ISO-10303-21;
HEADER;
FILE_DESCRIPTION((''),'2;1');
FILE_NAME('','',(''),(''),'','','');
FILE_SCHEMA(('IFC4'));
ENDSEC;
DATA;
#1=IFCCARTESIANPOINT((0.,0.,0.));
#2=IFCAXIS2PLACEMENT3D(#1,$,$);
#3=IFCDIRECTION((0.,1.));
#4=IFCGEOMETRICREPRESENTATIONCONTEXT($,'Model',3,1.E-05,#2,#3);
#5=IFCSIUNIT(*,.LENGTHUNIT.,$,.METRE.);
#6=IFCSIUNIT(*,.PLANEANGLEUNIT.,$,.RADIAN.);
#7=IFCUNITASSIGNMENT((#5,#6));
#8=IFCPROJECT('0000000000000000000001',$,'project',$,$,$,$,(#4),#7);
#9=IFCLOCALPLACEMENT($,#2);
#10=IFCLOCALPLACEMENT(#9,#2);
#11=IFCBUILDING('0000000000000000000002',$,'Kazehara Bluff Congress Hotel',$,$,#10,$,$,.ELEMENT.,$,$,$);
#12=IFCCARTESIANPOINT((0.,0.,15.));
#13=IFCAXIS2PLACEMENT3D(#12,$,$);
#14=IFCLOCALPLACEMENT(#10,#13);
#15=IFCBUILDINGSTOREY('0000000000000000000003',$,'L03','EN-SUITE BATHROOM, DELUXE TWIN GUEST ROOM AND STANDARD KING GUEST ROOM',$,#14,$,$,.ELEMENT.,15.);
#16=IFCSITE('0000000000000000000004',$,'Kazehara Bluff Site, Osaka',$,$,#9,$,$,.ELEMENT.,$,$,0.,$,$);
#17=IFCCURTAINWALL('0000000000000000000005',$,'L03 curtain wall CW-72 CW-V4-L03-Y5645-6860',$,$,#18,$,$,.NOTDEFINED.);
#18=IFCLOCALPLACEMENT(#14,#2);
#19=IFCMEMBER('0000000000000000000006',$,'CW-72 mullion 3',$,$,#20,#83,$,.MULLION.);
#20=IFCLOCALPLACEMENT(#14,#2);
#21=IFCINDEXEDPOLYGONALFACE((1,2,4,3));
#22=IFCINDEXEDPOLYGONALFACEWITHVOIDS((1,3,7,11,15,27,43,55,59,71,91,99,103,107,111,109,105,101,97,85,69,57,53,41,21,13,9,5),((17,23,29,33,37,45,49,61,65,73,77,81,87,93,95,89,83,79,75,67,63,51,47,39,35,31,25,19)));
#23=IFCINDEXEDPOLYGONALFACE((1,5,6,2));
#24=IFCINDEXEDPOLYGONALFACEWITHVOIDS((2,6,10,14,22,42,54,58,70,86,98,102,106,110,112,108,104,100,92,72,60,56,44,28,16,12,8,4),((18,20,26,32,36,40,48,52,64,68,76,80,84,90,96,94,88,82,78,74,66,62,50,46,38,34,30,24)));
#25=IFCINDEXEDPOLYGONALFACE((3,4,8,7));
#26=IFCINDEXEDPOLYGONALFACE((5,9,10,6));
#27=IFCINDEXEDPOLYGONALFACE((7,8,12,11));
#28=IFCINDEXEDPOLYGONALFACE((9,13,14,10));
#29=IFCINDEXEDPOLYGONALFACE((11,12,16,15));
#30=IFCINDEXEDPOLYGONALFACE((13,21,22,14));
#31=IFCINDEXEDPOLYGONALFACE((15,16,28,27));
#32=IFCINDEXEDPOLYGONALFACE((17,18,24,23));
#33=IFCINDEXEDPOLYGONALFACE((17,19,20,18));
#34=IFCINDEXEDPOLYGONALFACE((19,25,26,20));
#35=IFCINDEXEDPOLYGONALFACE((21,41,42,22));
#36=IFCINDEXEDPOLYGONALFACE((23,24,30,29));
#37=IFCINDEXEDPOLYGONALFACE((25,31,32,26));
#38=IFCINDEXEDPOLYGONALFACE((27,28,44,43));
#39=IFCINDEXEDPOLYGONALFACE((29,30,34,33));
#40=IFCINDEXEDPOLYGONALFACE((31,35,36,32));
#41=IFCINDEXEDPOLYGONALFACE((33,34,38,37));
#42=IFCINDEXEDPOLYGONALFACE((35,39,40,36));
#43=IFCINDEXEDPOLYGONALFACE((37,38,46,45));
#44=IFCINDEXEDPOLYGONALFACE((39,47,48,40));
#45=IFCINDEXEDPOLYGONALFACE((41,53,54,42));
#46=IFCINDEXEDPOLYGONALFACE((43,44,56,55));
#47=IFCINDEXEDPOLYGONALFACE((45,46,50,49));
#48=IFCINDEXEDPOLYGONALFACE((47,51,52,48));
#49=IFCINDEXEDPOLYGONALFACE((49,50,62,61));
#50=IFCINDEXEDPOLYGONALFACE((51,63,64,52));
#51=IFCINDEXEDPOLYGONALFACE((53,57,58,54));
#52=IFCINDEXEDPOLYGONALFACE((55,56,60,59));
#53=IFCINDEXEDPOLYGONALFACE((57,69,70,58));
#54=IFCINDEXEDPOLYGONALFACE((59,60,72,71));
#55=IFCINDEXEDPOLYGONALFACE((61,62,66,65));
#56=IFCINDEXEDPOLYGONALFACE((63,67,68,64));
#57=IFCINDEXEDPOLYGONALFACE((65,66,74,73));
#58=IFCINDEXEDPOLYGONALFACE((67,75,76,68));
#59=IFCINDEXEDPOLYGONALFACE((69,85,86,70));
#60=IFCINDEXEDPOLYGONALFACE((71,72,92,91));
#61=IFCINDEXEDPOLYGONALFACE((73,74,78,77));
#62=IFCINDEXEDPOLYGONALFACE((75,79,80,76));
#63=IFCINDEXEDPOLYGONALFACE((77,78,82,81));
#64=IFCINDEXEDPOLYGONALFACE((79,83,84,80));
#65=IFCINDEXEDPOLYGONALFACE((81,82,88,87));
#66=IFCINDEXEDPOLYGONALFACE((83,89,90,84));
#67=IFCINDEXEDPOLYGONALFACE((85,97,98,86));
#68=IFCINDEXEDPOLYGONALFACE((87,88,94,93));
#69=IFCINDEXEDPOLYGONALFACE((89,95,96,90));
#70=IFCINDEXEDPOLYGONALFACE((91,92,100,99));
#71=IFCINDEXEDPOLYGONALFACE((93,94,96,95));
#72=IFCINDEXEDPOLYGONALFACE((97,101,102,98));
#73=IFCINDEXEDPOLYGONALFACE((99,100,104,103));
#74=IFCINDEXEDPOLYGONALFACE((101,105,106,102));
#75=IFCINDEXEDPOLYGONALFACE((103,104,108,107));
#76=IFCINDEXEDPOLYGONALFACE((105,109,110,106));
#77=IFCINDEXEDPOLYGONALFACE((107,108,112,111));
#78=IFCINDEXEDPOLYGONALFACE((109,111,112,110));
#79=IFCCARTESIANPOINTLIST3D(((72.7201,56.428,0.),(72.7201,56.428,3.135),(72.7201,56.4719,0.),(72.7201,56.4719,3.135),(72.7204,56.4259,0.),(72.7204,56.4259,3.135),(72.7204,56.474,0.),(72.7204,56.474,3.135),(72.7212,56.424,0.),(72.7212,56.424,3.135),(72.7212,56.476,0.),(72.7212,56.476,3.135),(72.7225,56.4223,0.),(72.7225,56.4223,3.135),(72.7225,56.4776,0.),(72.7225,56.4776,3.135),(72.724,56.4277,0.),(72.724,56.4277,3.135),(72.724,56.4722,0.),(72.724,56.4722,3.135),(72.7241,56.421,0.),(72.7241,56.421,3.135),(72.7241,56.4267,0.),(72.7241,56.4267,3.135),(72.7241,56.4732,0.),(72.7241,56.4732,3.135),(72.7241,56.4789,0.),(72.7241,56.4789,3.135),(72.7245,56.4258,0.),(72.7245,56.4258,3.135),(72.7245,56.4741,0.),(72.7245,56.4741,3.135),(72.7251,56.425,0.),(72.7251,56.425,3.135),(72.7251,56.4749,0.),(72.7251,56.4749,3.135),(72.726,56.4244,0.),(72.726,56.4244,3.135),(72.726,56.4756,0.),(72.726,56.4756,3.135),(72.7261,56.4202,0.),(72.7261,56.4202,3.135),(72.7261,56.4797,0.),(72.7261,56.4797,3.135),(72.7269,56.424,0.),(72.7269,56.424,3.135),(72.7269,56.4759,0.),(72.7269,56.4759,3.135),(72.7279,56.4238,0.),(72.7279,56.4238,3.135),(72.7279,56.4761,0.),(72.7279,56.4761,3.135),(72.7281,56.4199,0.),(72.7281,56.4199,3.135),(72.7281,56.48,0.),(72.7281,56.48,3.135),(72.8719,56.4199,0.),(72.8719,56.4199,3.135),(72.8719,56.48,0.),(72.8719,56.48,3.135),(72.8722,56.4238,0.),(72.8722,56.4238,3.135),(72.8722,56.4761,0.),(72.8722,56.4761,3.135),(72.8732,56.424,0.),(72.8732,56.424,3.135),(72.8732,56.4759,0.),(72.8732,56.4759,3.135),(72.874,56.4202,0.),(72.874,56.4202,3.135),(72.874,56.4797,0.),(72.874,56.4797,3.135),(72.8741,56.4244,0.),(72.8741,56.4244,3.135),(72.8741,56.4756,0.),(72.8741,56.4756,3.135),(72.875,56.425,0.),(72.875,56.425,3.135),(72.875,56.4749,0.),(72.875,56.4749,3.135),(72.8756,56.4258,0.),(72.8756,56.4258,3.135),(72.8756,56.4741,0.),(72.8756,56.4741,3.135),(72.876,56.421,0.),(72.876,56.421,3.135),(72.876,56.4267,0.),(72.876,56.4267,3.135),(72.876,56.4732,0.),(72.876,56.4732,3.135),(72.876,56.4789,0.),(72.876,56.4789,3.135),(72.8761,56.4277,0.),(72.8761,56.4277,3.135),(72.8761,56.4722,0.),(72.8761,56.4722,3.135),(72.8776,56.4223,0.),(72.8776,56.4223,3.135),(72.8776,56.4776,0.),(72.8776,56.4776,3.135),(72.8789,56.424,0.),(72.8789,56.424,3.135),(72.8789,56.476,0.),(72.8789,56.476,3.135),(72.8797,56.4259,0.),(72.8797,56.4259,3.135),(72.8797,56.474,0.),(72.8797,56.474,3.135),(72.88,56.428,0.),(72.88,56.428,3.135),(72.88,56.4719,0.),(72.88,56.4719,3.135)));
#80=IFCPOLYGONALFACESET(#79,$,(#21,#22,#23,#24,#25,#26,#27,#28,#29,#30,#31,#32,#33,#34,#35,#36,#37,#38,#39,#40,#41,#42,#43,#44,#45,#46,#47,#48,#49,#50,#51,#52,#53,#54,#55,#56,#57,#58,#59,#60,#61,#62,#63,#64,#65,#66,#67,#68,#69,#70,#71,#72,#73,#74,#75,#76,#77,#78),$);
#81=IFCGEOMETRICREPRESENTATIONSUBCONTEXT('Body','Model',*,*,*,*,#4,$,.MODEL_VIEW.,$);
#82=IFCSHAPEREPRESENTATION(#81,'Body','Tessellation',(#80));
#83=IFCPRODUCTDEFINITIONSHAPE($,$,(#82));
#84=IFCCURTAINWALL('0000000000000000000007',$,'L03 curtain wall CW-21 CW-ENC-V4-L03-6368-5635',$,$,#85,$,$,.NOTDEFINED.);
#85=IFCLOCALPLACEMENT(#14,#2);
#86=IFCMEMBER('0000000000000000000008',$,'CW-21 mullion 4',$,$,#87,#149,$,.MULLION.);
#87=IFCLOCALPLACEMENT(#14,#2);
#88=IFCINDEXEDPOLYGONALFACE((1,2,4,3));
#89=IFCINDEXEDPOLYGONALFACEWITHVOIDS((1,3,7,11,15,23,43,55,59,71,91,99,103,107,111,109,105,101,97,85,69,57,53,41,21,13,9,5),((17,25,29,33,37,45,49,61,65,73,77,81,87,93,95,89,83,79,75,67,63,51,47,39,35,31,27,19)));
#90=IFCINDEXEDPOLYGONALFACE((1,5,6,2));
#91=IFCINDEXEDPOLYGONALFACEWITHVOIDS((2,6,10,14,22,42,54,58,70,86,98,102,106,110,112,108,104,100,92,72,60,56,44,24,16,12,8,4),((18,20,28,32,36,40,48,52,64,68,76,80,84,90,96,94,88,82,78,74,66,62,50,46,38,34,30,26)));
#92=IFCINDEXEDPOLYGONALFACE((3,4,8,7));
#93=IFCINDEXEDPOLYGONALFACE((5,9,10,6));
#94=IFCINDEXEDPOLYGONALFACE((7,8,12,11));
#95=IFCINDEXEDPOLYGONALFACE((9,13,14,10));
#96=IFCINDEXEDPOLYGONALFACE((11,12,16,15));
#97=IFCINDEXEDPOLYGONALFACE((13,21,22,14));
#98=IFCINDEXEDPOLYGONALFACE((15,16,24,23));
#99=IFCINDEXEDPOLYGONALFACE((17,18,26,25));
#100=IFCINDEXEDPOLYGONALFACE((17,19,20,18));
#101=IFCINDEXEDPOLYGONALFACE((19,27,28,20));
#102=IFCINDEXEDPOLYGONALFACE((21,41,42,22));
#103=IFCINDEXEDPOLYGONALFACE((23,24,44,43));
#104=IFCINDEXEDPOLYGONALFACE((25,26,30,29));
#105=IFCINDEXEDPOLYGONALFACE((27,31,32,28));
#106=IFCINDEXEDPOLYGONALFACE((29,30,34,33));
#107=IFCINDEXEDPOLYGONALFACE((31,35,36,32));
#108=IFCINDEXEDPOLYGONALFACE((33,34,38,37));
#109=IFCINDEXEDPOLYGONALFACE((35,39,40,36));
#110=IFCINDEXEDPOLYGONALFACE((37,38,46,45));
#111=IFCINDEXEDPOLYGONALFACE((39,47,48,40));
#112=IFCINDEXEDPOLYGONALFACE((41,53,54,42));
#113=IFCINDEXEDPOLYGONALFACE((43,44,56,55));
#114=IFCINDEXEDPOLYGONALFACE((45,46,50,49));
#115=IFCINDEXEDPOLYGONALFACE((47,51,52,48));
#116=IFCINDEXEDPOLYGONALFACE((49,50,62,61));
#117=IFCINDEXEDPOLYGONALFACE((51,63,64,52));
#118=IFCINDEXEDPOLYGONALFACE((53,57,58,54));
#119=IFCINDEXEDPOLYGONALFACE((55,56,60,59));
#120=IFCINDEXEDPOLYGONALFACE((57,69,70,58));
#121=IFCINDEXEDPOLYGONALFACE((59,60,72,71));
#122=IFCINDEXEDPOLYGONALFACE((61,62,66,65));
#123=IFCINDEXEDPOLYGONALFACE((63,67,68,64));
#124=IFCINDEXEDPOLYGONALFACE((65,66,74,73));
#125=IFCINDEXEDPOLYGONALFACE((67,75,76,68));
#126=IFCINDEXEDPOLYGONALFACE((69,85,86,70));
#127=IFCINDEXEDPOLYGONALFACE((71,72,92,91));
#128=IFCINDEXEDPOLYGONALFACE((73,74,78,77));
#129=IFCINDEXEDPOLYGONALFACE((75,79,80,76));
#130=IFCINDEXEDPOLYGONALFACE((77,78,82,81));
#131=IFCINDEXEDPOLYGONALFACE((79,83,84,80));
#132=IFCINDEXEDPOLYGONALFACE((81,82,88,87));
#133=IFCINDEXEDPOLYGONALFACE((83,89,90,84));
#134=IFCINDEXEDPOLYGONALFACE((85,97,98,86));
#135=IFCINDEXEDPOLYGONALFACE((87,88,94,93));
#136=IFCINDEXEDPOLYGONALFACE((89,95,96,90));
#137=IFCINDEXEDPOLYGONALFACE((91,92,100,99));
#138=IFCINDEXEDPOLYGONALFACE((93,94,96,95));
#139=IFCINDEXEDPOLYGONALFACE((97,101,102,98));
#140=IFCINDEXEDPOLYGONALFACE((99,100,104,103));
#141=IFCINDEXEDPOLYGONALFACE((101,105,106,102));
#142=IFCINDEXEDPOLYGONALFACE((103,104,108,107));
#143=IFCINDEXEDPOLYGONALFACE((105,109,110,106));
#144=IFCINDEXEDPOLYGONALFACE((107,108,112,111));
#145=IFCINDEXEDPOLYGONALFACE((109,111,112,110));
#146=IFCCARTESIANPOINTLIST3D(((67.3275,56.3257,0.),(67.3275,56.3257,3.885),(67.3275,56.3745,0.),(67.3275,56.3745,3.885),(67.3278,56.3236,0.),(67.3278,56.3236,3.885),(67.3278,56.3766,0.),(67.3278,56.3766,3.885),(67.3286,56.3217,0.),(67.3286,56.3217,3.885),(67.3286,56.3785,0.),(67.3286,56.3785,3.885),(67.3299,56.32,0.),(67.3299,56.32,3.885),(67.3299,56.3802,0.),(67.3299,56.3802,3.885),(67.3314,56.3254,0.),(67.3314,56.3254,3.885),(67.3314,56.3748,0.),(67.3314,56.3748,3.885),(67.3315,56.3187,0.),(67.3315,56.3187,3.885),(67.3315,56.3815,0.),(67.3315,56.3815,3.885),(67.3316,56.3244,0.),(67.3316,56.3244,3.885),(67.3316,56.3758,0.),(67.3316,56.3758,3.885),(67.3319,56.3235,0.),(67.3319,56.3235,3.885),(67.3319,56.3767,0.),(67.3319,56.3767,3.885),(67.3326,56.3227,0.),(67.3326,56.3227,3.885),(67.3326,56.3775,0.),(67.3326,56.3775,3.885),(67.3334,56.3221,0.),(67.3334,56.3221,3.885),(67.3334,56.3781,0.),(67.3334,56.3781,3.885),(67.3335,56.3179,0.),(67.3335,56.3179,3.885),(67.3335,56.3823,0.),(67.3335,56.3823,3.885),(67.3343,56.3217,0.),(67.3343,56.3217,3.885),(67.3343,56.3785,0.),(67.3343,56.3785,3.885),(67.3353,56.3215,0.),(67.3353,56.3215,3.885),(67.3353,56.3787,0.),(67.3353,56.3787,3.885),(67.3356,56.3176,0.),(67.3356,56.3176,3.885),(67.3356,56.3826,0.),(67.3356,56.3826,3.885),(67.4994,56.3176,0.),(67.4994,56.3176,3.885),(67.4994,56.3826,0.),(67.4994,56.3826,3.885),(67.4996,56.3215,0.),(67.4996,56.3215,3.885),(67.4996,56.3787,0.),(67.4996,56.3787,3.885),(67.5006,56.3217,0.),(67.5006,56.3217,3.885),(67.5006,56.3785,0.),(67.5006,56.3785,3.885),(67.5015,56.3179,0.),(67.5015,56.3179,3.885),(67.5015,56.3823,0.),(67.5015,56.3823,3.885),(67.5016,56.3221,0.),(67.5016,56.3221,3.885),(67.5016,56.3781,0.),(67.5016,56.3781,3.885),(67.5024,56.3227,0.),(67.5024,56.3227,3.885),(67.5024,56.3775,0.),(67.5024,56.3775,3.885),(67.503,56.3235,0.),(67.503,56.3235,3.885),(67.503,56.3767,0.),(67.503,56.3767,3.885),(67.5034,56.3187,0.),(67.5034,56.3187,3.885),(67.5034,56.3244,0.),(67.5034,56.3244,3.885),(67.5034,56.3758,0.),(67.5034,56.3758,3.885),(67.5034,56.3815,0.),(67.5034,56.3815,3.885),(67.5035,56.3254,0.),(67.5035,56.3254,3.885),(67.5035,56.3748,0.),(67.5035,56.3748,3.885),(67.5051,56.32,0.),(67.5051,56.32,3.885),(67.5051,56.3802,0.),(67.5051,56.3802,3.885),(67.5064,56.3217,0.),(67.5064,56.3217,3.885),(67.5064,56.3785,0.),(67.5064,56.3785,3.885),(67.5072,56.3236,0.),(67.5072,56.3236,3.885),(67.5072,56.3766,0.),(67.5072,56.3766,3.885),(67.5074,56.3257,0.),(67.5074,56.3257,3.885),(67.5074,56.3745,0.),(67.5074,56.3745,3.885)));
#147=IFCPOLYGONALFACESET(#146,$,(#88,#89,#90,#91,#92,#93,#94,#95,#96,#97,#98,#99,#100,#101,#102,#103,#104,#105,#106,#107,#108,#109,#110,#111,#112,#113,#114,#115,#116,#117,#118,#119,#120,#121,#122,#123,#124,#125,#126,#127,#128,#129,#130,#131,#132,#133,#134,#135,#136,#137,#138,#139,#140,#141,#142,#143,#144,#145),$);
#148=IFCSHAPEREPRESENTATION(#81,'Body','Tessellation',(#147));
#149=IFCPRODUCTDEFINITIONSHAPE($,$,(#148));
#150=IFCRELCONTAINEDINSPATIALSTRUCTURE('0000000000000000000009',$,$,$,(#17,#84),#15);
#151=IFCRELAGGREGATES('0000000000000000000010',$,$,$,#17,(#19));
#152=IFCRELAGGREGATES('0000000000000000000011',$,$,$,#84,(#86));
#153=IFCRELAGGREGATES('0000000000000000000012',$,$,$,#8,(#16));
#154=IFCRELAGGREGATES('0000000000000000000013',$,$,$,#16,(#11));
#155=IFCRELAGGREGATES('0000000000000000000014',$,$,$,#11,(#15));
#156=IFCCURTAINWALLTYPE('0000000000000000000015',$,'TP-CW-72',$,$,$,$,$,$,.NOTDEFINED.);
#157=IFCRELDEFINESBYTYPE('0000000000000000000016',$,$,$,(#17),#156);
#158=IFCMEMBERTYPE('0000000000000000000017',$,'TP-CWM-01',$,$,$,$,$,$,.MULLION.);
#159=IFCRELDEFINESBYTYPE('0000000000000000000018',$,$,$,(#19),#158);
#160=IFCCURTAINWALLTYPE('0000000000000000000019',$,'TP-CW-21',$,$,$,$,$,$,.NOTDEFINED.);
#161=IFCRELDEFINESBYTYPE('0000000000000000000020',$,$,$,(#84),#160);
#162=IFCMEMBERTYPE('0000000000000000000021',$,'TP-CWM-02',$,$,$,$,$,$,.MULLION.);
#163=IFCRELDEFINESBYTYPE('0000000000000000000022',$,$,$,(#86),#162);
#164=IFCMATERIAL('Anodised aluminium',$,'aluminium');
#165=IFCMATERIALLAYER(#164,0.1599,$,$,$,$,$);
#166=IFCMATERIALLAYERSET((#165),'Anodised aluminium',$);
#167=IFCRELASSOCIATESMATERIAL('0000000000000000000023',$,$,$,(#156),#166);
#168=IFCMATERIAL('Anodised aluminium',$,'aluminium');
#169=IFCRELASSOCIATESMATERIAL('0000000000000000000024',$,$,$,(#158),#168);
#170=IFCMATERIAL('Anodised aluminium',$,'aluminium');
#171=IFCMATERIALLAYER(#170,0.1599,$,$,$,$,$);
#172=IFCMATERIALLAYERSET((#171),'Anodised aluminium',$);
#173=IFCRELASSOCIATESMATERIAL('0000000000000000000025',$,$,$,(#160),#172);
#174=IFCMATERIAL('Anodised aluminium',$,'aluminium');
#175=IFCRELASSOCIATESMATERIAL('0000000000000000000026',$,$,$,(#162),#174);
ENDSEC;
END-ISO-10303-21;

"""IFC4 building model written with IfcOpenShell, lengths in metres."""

from ifc_helpers import new_model, si_unit, direction, frame, origin, origin_2d, place, context, subcontext, project, spatial, hollow_rectangle, extrude, material, layer, layer_set, material_profile, profile_set, type_object, element, aggregate, save


model = new_model("IFC4")

# Units and contexts
model_context = context("Model", 3, precision=1e-05, world=origin(), true_north=direction((0.0, 1.0)))
body_context = subcontext(model_context, "Body", "Model", "MODEL_VIEW")
ifc_project = project(units=[si_unit("LENGTHUNIT", "METRE"), si_unit("PLANEANGLEUNIT", "RADIAN")], contexts=[model_context])

# Site, building, storey
site_placement = place(None, origin())
site = spatial("IfcSite", under=ifc_project, at=site_placement, Name="Kazehara Bluff Site, Osaka", CompositionType="ELEMENT", RefElevation=0.0)
building_placement = place(site_placement, origin())
building = spatial("IfcBuilding", under=site, at=building_placement, Name="Kazehara Bluff Congress Hotel", CompositionType="ELEMENT")
storey_placement = place(building_placement, frame((0.0, 0.0, 15.0)))
storey = spatial("IfcBuildingStorey", under=building, at=storey_placement, Name="L03", Description="EN-SUITE BATHROOM, DELUXE TWIN GUEST ROOM AND STANDARD KING GUEST ROOM", CompositionType="ELEMENT", Elevation=15.0)

# Curtain wall, member
ifc_material_1 = material(Name="Anodised aluminium", Category="aluminium")
ifc_layer_1 = layer(ifc_material_1, 0.1599)
ifc_layer_set_1 = layer_set([ifc_layer_1], Name="Anodised aluminium")
curtain_wall_type_1 = type_object("IfcCurtainWallType", Name="TP-CW-72", PredefinedType="NOTDEFINED", material=ifc_layer_set_1)
curtain_wall_1_placement = place(storey_placement, origin())
curtain_wall_1 = element("IfcCurtainWall", 1, at=curtain_wall_1_placement, inside=storey, type_object=curtain_wall_type_1, Name="L03 curtain wall CW-72 CW-V4-L03-Y5645-6860", PredefinedType="NOTDEFINED")
ifc_material_2 = material(Name="Anodised aluminium", Category="aluminium")
ifc_material_profile_1 = material_profile(ifc_material_2, hollow_rectangle(XDim=0.0601, YDim=0.1599, WallThickness=0.0039, InnerFilletRadius=0.0039, OuterFilletRadius=0.0081, at=origin_2d()))
ifc_profile_set_1 = profile_set([ifc_material_profile_1], Name="Anodised aluminium")
member_type_1 = type_object("IfcMemberType", Name="TP-CWM-01", PredefinedType="MULLION", material=ifc_profile_set_1)
member_1_placement = place(storey_placement, frame((72.8, 56.45, 0.0), z_axis=(0.0, 0.0, 1.0), x_axis=(0.0, 1.0, 0.0)))
member_1 = element("IfcMember", 2, at=member_1_placement, type_object=member_type_1, Name="CW-72 mullion 3", PredefinedType="MULLION", context=body_context, shape_type="SweptSolid", body=[
    extrude(hollow_rectangle(XDim=0.0601, YDim=0.1599, WallThickness=0.0039, InnerFilletRadius=0.0039, OuterFilletRadius=0.0081, at=origin_2d()), origin(), (0.0, 0.0, 1.0), 3.135),
])

# Curtain wall, member
ifc_material_3 = material(Name="Anodised aluminium", Category="aluminium")
ifc_layer_2 = layer(ifc_material_3, 0.1599)
ifc_layer_set_2 = layer_set([ifc_layer_2], Name="Anodised aluminium")
curtain_wall_type_2 = type_object("IfcCurtainWallType", Name="TP-CW-21", PredefinedType="NOTDEFINED", material=ifc_layer_set_2)
curtain_wall_2_placement = place(storey_placement, origin())
curtain_wall_2 = element("IfcCurtainWall", 3, at=curtain_wall_2_placement, inside=storey, type_object=curtain_wall_type_2, Name="L03 curtain wall CW-21 CW-ENC-V4-L03-6368-5635", PredefinedType="NOTDEFINED")
ifc_material_4 = material(Name="Anodised aluminium", Category="aluminium")
ifc_material_profile_2 = material_profile(ifc_material_4, hollow_rectangle(XDim=0.0649, YDim=0.1799, WallThickness=0.0039, InnerFilletRadius=0.0039, OuterFilletRadius=0.0081, at=origin_2d()))
ifc_profile_set_2 = profile_set([ifc_material_profile_2], Name="Anodised aluminium")
member_type_2 = type_object("IfcMemberType", Name="TP-CWM-02", PredefinedType="MULLION", material=ifc_profile_set_2)
member_2_placement = place(storey_placement, frame((67.4175, 56.3501, 0.0), z_axis=(0.0, 0.0, 1.0), x_axis=(0.0, 1.0, 0.0)))
member_2 = element("IfcMember", 4, at=member_2_placement, type_object=member_type_2, Name="CW-21 mullion 4", PredefinedType="MULLION", context=body_context, shape_type="SweptSolid", body=[
    extrude(hollow_rectangle(XDim=0.0649, YDim=0.1799, WallThickness=0.0039, InnerFilletRadius=0.0039, OuterFilletRadius=0.0081, at=origin_2d()), origin(), (0.0, 0.0, 1.0), 3.885),
])

aggregate(curtain_wall_1, [member_1])
aggregate(curtain_wall_2, [member_2])

save(model, "model.ifc")
